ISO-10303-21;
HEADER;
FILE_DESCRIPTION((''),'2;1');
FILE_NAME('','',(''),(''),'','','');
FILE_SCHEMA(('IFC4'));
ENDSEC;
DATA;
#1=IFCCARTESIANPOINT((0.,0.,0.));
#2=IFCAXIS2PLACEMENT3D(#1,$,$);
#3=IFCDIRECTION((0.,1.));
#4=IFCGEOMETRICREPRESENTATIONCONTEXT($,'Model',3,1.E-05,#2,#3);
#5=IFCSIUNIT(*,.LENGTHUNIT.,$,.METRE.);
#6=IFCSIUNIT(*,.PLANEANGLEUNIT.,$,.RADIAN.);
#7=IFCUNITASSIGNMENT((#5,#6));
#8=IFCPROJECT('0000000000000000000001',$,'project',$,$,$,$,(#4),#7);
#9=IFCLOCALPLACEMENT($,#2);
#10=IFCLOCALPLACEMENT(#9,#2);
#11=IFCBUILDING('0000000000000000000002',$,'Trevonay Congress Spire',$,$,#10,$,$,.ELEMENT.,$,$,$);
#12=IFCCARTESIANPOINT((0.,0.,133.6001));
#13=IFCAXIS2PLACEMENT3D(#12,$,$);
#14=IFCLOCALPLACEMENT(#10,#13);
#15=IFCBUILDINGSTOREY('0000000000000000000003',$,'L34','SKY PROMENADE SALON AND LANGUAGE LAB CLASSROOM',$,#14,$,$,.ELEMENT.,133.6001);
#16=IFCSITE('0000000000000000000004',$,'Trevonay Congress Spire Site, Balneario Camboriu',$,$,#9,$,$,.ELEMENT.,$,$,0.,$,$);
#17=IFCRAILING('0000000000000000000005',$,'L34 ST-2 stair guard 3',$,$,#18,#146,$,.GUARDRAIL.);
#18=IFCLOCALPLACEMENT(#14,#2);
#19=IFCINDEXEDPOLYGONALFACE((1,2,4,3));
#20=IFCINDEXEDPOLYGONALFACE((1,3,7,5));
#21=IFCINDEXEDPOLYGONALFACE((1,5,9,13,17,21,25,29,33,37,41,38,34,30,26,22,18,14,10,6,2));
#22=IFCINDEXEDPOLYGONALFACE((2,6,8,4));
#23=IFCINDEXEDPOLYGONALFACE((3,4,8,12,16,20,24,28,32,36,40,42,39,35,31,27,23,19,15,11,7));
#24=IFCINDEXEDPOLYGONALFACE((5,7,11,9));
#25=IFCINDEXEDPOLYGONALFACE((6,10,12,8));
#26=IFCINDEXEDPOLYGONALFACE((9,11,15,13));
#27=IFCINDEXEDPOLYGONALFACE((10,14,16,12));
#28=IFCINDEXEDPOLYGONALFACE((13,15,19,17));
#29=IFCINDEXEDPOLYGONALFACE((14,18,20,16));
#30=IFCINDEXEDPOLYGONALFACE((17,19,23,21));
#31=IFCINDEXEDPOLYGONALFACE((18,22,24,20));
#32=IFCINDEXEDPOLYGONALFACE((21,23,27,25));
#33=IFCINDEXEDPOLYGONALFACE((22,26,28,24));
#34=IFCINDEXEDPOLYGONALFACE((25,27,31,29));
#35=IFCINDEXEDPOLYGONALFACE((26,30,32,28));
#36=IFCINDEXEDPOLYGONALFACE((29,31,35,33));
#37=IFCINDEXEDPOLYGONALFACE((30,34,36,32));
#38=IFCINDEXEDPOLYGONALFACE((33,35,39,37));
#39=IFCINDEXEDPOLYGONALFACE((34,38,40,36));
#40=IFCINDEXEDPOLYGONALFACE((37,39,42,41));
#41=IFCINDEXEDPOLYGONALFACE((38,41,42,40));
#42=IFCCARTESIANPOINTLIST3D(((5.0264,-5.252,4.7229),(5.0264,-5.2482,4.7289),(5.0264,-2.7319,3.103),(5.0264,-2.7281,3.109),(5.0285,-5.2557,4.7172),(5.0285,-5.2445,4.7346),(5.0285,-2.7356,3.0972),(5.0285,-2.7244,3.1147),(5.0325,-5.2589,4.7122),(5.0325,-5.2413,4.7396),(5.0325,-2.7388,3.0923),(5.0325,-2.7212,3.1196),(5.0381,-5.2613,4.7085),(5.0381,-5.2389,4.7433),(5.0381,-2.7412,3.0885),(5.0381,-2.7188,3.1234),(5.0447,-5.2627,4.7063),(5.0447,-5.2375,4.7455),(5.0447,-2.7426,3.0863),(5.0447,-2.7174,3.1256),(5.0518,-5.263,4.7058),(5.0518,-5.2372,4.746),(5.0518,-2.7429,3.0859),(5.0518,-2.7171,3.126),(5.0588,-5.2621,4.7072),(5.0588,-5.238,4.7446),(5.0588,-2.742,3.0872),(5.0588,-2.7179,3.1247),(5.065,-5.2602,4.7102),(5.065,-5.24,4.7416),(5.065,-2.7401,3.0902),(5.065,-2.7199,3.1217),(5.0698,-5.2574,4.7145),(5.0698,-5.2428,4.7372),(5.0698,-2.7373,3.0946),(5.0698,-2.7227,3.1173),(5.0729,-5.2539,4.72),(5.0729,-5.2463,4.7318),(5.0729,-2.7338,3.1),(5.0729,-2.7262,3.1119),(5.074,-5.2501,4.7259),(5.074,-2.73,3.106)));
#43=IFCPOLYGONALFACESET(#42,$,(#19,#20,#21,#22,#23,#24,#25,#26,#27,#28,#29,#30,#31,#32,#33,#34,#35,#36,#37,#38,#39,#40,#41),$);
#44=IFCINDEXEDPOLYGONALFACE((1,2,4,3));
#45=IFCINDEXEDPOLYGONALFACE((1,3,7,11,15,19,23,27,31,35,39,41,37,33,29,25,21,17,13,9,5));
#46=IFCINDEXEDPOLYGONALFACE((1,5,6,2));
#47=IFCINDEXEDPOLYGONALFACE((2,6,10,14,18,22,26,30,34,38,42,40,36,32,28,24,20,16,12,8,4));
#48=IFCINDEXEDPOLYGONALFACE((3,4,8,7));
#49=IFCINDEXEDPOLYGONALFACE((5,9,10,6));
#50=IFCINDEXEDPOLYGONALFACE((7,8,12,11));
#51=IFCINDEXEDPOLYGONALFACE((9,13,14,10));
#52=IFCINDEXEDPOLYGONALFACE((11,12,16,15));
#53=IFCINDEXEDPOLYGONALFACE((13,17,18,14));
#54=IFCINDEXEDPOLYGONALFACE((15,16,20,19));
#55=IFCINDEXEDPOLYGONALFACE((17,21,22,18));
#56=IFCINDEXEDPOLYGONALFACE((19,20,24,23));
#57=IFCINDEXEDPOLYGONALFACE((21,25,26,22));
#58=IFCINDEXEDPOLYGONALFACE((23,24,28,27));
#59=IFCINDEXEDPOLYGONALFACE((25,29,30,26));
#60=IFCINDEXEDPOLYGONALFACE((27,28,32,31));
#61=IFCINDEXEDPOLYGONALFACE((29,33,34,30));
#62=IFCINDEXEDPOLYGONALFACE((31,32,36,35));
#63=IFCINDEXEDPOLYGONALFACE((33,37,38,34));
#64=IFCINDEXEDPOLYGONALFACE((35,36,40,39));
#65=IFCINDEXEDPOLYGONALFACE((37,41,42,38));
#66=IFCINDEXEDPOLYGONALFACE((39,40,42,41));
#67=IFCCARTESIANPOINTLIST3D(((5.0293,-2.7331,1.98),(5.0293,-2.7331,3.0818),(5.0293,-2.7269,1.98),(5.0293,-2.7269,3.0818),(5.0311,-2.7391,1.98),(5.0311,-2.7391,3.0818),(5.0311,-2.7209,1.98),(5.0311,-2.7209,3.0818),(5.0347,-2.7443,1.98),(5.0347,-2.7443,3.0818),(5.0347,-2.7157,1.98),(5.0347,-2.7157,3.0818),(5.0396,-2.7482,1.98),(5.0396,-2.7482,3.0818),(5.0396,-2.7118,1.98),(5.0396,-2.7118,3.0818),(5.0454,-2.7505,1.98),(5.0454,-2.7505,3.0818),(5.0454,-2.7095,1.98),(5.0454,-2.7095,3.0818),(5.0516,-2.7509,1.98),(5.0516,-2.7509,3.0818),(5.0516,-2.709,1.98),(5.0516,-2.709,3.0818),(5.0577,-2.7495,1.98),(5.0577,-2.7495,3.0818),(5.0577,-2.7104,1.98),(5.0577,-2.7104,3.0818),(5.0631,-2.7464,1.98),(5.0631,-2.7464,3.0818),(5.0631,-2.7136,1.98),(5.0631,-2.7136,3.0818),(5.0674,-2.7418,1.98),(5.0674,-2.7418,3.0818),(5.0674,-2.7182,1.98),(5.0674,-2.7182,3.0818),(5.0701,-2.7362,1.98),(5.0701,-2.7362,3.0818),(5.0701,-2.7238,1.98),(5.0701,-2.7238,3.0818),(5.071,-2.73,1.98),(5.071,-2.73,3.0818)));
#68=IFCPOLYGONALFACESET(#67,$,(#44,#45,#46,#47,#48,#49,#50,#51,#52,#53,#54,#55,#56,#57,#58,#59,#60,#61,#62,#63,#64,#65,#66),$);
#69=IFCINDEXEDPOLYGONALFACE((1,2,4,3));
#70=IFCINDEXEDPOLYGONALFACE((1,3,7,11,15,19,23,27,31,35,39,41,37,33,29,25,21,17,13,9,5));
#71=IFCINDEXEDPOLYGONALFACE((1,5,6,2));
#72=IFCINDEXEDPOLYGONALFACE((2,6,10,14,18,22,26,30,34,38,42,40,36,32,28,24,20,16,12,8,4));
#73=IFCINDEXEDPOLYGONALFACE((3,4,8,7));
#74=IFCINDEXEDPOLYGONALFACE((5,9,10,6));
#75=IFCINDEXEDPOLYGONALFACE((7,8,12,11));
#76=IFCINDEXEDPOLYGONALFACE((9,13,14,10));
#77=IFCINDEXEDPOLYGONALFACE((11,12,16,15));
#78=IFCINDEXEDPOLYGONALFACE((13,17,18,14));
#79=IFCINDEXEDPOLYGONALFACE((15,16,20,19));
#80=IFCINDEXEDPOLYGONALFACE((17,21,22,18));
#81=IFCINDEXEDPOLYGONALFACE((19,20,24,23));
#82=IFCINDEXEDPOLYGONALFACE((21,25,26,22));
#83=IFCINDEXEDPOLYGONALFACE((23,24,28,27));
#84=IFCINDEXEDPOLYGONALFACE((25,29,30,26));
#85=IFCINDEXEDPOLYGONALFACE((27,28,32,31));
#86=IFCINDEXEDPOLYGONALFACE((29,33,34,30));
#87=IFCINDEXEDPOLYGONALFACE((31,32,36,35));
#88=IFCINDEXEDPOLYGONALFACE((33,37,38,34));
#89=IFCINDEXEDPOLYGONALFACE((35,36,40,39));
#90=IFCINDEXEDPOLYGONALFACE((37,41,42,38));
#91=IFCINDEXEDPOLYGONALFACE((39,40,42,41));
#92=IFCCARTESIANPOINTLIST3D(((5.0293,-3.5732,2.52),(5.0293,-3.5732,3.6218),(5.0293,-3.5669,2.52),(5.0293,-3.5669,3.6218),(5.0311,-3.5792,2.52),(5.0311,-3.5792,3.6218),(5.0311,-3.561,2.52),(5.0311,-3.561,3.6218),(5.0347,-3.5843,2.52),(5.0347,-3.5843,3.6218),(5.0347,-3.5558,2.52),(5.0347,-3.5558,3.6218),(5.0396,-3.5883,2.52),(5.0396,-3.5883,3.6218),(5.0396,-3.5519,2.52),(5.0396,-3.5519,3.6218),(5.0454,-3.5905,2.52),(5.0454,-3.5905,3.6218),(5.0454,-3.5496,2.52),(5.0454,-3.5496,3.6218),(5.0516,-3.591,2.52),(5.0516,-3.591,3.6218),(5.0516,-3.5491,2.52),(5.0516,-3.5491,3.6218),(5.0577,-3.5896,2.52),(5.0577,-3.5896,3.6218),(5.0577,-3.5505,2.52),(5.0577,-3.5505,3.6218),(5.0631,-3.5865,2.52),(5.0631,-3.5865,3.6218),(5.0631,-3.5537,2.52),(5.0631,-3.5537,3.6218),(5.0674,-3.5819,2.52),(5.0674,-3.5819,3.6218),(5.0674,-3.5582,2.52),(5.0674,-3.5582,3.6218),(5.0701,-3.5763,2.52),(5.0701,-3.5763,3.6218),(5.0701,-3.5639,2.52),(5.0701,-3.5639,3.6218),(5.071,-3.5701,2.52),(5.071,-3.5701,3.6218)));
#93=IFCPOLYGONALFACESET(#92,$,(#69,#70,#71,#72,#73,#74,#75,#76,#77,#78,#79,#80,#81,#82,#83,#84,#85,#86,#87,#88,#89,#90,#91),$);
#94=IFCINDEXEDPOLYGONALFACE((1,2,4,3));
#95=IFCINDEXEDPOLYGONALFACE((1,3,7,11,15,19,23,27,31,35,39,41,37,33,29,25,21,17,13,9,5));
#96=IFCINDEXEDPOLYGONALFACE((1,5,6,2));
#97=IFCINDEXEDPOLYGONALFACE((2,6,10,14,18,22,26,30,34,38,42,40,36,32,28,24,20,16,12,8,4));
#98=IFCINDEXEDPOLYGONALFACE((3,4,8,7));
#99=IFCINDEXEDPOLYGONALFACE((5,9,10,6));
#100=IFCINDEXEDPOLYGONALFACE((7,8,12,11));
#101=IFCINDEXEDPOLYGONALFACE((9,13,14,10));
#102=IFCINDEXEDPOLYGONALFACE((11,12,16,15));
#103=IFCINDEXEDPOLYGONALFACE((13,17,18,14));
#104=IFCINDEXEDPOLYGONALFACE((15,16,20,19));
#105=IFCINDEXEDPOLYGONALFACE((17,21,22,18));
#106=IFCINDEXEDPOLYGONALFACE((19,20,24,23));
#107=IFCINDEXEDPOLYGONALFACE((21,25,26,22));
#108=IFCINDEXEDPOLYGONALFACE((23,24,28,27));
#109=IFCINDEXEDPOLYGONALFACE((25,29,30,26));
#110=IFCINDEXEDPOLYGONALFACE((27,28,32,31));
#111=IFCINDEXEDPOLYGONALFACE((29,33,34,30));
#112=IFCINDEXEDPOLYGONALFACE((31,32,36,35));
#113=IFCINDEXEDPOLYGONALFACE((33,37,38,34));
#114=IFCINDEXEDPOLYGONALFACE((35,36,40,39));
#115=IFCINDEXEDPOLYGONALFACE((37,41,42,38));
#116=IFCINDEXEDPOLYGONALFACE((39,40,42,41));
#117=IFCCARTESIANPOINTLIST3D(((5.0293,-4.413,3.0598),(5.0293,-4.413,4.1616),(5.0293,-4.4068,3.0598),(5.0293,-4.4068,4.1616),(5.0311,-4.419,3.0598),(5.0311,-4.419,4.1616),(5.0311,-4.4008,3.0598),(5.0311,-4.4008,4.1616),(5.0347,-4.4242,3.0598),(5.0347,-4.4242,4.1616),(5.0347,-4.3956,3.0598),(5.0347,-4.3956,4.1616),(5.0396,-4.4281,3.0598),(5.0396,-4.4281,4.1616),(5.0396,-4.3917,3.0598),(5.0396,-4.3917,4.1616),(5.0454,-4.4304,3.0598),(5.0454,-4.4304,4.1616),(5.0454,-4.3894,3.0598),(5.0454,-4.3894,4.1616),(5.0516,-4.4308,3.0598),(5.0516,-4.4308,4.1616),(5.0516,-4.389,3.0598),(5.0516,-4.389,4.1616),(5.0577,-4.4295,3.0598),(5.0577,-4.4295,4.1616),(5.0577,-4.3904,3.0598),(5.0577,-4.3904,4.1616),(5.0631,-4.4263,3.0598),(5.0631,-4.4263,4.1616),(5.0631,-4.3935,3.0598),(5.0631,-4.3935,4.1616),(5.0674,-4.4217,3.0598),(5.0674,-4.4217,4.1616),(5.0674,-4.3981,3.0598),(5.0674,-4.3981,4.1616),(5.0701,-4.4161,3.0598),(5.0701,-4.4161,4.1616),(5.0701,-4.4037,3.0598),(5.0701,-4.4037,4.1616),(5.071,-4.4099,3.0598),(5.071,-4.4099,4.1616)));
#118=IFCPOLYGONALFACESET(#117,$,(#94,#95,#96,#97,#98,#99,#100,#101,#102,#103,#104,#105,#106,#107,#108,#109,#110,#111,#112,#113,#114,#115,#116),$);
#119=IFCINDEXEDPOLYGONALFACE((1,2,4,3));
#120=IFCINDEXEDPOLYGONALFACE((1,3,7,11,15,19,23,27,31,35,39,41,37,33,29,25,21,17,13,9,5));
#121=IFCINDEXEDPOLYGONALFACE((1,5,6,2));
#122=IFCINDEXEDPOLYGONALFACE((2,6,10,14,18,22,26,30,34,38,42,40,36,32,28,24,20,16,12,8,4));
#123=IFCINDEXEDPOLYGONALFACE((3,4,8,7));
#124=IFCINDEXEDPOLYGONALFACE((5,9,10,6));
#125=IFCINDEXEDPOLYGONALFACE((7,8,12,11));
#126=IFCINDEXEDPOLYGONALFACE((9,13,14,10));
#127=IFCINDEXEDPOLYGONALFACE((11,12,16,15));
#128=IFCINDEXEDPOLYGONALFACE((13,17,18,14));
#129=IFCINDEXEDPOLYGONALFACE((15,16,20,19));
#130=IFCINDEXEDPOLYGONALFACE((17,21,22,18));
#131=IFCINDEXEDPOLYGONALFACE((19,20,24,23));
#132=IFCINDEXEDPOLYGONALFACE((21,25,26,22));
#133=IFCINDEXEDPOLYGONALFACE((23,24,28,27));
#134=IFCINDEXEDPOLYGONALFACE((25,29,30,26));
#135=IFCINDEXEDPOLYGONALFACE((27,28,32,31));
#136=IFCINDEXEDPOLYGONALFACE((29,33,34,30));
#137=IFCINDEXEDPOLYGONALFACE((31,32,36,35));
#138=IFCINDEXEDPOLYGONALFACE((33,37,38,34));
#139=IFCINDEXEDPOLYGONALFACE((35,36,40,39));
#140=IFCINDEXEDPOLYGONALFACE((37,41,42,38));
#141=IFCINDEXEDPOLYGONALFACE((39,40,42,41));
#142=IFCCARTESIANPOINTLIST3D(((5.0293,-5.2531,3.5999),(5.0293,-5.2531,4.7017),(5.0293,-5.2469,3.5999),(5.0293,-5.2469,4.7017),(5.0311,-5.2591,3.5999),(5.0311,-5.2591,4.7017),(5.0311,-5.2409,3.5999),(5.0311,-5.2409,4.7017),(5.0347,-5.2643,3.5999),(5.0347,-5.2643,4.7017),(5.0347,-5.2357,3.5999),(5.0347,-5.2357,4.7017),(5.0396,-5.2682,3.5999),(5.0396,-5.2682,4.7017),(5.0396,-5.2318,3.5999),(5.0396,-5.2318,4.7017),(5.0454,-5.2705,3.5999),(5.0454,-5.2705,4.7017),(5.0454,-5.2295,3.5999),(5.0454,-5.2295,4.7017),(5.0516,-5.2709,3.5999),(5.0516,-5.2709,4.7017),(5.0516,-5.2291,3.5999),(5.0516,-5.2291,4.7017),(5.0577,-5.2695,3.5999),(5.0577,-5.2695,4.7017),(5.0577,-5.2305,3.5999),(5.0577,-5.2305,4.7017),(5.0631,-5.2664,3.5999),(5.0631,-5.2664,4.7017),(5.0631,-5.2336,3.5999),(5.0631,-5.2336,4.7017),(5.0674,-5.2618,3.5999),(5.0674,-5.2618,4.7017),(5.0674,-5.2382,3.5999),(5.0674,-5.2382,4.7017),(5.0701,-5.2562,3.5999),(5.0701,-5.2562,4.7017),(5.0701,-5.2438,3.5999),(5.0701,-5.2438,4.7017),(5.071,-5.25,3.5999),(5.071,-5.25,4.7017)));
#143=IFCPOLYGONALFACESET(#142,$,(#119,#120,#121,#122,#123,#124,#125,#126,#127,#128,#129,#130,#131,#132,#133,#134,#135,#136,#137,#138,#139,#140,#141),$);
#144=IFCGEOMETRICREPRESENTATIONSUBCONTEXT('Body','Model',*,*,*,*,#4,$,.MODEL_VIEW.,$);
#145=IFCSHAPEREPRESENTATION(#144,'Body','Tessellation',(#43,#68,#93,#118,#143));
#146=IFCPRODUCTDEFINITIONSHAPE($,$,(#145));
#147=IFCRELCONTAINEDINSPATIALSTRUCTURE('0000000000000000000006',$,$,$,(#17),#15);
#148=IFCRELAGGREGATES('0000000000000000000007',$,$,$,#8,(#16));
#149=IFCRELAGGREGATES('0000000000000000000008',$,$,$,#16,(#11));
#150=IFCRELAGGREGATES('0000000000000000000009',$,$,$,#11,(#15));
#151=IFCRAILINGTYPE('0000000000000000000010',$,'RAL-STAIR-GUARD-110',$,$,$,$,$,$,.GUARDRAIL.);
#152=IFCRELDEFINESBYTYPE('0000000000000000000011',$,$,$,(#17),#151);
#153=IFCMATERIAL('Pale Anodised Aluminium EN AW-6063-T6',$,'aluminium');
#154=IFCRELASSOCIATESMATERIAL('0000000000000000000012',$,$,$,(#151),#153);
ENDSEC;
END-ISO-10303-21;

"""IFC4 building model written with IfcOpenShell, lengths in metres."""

from ifc_helpers import new_model, si_unit, direction, frame, origin, origin_2d, place, context, subcontext, project, spatial, circle, extrude, material, type_object, element, save


model = new_model("IFC4")

# Units and contexts
model_context = context("Model", 3, precision=1e-05, world=origin(), true_north=direction((0.0, 1.0)))
body_context = subcontext(model_context, "Body", "Model", "MODEL_VIEW")
ifc_project = project(units=[si_unit("LENGTHUNIT", "METRE"), si_unit("PLANEANGLEUNIT", "RADIAN")], contexts=[model_context])

# Site, building, storey
site_placement = place(None, origin())
site = spatial("IfcSite", under=ifc_project, at=site_placement, Name="Trevonay Congress Spire Site, Balneario Camboriu", CompositionType="ELEMENT", RefElevation=0.0)
building_placement = place(site_placement, origin())
building = spatial("IfcBuilding", under=site, at=building_placement, Name="Trevonay Congress Spire", CompositionType="ELEMENT")
storey_placement = place(building_placement, frame((0.0, 0.0, 133.6001)))
storey = spatial("IfcBuildingStorey", under=building, at=storey_placement, Name="L34", Description="SKY PROMENADE SALON AND LANGUAGE LAB CLASSROOM", CompositionType="ELEMENT", Elevation=133.6001)

# Shared definitions
ifc_material_1 = material(Name="Pale Anodised Aluminium EN AW-6063-T6", Category="aluminium")

# Railing
railing_type_1 = type_object("IfcRailingType", Name="RAL-STAIR-GUARD-110", PredefinedType="GUARDRAIL", material=ifc_material_1)
railing_1_placement = place(storey_placement, frame((5.05, -2.73, 1.98)))
element("IfcRailing", 1, at=railing_1_placement, inside=storey, type_object=railing_type_1, Name="L34 ST-2 stair guard 3", PredefinedType="GUARDRAIL", context=body_context, shape_type="SweptSolid", body=[
    extrude(circle(Radius=0.0239, at=origin_2d()), frame((0.0, 0.0, 1.126), z_axis=(0.0, -0.8412, 0.540725), x_axis=(1.0, 0.0, 0.0)), (0.0, 0.0, 1.0), 2.9958),
    extrude(circle(Radius=0.021, at=origin_2d()), origin(), (0.0, 0.0, 1.0), 1.1018),
    extrude(circle(Radius=0.021, at=origin_2d()), frame((0.0, -0.8401, 0.54)), (0.0, 0.0, 1.0), 1.1018),
    extrude(circle(Radius=0.021, at=origin_2d()), frame((0.0, -1.6799, 1.0798)), (0.0, 0.0, 1.0), 1.1018),
    extrude(circle(Radius=0.021, at=origin_2d()), frame((0.0, -2.52, 1.6199)), (0.0, 0.0, 1.0), 1.1018),
])

save(model, "model.ifc")
